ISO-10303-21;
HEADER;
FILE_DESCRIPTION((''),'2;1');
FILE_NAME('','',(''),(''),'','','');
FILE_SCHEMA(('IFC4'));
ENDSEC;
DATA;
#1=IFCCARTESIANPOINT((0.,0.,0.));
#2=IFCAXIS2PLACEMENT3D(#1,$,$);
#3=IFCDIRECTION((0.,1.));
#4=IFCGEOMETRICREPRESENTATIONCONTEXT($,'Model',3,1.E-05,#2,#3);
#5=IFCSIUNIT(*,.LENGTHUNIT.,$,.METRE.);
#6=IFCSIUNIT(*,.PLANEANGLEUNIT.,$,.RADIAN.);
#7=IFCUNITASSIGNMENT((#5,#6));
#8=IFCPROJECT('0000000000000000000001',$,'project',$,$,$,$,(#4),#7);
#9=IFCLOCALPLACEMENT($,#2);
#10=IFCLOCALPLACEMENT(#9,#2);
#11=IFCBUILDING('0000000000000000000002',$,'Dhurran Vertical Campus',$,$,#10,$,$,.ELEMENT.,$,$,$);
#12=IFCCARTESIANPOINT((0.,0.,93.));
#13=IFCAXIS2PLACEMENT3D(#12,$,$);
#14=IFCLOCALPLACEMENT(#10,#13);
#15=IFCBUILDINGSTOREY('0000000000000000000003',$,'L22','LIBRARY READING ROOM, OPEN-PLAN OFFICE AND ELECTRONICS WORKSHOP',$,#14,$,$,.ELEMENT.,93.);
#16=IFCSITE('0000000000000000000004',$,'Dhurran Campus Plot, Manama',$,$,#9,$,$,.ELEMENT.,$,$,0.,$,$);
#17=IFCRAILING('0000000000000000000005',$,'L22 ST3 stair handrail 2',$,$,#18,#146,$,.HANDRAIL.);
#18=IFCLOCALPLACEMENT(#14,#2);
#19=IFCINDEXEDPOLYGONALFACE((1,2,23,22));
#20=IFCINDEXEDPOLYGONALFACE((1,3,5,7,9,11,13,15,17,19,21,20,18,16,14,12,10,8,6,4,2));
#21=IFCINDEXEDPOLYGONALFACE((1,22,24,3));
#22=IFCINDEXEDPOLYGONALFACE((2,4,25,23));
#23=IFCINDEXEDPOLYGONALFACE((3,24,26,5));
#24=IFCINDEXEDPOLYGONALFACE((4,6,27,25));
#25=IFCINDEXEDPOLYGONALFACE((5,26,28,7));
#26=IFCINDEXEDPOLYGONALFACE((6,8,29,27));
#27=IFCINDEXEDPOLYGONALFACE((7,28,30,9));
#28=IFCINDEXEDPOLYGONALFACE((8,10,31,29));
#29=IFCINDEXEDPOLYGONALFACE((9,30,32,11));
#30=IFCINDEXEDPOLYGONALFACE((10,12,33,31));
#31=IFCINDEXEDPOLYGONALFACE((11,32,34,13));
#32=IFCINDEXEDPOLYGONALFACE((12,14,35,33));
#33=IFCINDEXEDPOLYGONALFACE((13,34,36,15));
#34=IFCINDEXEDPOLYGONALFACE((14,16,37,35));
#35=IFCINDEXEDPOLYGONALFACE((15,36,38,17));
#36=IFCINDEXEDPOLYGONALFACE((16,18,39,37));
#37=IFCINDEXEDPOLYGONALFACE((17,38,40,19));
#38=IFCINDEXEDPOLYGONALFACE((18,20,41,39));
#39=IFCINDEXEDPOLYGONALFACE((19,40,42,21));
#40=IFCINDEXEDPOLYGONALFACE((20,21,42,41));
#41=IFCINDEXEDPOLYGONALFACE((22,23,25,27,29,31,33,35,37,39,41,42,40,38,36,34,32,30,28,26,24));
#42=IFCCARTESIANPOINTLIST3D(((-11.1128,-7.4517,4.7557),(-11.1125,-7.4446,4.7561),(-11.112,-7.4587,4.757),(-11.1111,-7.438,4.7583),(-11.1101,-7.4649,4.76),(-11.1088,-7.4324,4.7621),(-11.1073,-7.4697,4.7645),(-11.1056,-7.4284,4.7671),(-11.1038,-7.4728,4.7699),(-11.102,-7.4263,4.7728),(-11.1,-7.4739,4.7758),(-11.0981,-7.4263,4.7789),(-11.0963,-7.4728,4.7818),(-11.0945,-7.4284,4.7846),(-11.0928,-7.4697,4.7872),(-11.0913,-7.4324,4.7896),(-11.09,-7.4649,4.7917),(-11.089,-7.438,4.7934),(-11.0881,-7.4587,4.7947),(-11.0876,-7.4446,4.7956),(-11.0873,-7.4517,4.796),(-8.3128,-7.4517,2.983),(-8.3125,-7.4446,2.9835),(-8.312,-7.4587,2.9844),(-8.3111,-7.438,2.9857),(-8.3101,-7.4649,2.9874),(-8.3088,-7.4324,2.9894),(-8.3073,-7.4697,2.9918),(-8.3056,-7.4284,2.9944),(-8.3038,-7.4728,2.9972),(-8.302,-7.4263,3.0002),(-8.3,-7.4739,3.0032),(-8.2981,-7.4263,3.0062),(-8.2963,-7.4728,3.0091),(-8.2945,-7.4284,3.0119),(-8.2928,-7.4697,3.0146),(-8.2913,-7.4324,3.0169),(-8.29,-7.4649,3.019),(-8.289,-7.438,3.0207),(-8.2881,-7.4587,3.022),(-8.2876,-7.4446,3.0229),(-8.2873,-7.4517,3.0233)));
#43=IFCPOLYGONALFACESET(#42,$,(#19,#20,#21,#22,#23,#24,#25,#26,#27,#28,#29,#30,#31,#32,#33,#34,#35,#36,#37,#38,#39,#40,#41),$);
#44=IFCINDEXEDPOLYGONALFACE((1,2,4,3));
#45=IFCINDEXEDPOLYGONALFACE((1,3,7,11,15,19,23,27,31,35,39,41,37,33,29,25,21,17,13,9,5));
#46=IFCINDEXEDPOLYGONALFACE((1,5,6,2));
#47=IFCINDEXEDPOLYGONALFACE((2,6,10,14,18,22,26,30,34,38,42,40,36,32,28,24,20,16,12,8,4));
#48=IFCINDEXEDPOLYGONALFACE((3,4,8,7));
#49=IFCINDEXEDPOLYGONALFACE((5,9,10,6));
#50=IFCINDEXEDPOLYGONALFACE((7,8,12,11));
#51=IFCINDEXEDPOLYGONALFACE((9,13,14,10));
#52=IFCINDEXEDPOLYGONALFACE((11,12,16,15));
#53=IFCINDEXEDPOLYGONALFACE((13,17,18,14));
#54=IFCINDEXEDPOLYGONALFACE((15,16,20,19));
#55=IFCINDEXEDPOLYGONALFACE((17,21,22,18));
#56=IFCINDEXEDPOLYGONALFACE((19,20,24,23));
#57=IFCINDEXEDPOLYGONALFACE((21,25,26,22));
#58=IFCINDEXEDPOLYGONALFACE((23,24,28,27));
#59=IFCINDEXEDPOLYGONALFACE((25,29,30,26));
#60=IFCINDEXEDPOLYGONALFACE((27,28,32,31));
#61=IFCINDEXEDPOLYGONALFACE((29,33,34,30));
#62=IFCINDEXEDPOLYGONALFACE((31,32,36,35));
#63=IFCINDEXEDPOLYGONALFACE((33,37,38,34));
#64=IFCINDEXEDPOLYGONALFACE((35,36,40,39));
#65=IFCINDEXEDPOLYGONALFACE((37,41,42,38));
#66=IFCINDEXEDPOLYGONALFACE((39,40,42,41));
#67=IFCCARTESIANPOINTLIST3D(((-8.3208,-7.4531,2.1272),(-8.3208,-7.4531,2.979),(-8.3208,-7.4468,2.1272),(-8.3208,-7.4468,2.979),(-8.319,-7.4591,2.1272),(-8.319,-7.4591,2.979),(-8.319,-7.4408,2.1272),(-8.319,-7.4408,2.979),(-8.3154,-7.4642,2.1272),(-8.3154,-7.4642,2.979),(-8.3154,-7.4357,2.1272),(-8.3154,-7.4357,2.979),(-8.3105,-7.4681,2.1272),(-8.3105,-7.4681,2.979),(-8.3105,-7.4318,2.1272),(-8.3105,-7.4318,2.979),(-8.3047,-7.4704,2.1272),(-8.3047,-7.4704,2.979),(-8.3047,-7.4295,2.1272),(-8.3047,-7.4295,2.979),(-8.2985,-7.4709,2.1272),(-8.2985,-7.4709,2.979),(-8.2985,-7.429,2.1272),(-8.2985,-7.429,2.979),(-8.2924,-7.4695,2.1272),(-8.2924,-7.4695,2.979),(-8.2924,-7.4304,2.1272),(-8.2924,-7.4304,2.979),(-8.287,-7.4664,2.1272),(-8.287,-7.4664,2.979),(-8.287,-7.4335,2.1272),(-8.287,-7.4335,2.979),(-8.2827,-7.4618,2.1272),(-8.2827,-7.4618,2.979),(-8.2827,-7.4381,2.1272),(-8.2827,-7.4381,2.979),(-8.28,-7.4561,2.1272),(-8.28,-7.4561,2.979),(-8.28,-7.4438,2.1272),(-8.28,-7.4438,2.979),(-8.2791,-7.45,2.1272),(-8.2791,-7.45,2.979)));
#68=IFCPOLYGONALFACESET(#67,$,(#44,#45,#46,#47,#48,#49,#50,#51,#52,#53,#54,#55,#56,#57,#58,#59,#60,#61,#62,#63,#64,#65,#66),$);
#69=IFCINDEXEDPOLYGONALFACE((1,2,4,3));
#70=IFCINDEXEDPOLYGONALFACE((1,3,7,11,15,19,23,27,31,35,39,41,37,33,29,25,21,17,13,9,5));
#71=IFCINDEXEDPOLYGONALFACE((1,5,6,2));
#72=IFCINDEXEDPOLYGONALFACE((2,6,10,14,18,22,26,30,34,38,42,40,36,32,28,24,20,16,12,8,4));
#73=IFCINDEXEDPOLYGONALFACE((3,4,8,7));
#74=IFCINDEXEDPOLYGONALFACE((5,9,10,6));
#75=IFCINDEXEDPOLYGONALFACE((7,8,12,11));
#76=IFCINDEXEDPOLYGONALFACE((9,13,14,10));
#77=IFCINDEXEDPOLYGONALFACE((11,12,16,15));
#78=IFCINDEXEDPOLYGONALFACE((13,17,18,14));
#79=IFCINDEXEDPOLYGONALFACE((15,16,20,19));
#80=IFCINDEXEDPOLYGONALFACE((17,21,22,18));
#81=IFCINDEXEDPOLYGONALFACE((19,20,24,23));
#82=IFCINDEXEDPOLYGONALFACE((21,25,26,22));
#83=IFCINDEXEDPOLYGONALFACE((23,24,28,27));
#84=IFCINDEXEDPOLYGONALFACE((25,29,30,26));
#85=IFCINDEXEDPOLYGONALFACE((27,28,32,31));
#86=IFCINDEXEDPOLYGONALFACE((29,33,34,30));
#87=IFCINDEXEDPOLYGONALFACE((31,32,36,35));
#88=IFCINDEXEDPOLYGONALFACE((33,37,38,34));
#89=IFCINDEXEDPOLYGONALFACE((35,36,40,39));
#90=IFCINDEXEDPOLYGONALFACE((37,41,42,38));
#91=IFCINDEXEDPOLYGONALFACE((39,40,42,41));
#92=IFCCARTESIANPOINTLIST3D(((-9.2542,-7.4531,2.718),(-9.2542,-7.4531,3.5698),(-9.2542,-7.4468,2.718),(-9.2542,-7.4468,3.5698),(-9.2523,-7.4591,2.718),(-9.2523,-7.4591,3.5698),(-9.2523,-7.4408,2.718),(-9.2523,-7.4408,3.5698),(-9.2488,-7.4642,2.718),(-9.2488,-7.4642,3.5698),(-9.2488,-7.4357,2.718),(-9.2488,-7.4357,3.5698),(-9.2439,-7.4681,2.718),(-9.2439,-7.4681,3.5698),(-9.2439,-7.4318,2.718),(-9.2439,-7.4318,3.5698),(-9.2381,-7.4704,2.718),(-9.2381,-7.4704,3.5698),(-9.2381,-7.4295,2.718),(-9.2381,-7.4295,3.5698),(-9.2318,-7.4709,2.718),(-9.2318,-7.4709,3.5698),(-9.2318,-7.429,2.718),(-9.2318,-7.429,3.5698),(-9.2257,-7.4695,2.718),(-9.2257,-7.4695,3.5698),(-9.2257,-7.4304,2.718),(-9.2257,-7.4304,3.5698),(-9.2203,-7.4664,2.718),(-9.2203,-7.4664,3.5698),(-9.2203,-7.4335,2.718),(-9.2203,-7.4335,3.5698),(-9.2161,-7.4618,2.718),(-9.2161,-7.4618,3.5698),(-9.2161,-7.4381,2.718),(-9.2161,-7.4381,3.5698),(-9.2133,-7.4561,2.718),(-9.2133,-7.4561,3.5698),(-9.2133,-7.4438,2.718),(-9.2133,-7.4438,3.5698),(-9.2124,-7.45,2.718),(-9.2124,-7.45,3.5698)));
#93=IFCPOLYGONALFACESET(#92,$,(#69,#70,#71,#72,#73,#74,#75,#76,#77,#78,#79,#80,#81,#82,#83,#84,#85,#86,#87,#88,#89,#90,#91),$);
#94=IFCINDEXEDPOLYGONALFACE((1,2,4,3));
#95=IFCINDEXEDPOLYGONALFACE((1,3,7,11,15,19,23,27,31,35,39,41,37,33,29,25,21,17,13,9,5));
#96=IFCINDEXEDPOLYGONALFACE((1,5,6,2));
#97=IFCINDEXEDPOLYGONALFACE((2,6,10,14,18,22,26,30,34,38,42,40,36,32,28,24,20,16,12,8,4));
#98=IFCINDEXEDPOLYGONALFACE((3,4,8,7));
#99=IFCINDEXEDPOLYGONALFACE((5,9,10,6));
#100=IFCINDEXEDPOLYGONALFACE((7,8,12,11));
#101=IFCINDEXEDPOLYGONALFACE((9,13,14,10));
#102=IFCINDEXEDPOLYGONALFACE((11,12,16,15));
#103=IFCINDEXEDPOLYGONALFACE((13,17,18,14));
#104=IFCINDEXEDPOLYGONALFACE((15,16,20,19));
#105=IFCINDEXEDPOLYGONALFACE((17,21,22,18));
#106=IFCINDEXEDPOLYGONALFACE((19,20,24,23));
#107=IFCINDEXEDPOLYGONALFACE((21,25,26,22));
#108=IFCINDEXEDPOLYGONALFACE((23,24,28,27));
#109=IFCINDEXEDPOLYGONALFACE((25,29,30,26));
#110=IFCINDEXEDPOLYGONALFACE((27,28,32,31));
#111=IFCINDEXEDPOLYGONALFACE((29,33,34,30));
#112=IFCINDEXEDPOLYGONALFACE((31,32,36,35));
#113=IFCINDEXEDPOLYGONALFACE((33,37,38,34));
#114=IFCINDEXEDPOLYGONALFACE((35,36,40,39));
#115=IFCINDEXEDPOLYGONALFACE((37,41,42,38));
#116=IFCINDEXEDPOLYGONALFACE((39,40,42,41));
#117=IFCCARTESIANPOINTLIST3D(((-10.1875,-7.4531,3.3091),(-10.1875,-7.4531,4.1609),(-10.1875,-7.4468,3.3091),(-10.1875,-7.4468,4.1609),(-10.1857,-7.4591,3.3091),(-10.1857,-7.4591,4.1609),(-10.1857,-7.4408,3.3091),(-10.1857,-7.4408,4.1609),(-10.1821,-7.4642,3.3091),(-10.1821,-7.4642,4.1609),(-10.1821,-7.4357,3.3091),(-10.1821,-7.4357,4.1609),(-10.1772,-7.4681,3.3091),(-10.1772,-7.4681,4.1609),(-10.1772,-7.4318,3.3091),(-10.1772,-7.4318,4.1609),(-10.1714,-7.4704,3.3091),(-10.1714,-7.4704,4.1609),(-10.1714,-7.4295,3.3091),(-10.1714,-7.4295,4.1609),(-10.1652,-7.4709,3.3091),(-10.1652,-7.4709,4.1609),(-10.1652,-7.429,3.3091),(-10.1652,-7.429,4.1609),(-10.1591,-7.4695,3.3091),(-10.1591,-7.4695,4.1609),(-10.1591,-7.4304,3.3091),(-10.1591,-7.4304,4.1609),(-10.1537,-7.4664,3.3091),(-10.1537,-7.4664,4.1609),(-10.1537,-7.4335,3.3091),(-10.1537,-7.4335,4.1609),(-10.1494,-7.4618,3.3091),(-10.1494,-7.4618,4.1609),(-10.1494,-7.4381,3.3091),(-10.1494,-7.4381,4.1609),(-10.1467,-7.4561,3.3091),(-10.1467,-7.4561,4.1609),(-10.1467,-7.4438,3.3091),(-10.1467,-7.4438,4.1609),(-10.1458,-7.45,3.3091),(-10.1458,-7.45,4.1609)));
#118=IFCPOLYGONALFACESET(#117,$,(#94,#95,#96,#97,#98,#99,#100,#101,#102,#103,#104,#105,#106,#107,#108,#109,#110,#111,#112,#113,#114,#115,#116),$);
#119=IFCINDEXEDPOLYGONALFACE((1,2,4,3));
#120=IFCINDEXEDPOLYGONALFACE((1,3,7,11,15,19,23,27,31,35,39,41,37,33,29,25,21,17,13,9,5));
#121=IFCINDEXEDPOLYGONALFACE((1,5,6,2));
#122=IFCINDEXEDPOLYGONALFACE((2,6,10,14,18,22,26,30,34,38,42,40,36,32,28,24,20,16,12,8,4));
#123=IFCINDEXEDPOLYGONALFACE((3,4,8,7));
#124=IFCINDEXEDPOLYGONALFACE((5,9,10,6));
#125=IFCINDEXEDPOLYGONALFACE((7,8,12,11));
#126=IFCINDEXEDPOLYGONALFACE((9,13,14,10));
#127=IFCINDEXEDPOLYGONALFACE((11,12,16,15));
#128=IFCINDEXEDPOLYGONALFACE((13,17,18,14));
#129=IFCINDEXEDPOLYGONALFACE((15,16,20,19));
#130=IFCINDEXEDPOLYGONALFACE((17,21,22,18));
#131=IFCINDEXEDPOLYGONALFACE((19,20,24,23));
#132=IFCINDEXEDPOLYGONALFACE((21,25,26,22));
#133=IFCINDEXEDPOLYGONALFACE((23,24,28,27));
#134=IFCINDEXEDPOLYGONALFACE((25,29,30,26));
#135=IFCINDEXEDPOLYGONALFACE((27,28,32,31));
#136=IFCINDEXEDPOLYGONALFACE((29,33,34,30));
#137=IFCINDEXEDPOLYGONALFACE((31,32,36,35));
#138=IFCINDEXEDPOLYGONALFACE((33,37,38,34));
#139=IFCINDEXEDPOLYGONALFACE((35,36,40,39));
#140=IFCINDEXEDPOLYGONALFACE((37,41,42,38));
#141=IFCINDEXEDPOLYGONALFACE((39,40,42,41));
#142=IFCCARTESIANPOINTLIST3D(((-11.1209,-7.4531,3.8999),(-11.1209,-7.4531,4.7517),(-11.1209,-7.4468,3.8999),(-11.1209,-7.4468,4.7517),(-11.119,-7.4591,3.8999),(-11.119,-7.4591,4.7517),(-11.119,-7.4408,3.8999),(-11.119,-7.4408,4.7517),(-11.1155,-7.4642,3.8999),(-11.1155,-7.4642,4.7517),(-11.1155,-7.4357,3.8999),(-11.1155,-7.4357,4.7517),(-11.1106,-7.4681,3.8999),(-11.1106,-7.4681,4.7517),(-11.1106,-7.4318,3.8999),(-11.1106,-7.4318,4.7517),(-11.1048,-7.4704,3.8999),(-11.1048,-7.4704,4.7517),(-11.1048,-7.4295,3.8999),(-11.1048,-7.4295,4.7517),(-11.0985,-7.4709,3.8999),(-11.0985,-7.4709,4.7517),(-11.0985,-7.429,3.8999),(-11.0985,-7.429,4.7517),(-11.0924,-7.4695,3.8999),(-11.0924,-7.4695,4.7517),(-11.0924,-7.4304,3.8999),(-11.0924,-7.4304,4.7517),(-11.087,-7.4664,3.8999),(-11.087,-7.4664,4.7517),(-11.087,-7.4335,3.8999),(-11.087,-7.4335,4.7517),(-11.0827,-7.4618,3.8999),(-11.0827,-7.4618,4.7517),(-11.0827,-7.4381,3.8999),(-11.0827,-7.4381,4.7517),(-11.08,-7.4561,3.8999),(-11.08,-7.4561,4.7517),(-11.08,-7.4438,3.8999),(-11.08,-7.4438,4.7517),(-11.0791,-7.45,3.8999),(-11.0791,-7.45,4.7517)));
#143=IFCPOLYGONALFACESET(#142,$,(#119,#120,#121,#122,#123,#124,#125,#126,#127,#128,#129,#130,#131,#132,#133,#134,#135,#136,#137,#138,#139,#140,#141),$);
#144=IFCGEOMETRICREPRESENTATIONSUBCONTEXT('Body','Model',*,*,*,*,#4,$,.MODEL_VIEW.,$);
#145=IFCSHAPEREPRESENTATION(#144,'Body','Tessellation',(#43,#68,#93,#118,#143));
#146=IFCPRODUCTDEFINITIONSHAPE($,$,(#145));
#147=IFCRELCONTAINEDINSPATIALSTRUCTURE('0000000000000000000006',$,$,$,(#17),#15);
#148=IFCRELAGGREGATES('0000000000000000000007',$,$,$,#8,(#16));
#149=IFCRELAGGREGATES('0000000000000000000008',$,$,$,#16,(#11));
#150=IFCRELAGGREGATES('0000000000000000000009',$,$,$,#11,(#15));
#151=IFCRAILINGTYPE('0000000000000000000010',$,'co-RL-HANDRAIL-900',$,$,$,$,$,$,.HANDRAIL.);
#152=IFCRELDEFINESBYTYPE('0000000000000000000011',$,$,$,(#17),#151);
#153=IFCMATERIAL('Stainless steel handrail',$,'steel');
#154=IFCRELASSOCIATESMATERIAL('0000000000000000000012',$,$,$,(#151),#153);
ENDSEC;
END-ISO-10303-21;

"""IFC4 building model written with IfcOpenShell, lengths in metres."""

from ifc_helpers import new_model, si_unit, direction, frame, origin, origin_2d, place, context, subcontext, project, spatial, circle, extrude, material, type_object, element, save


model = new_model("IFC4")

# Units and contexts
model_context = context("Model", 3, precision=1e-05, world=origin(), true_north=direction((0.0, 1.0)))
body_context = subcontext(model_context, "Body", "Model", "MODEL_VIEW")
ifc_project = project(units=[si_unit("LENGTHUNIT", "METRE"), si_unit("PLANEANGLEUNIT", "RADIAN")], contexts=[model_context])

# Site, building, storey
site_placement = place(None, origin())
site = spatial("IfcSite", under=ifc_project, at=site_placement, Name="Dhurran Campus Plot, Manama", CompositionType="ELEMENT", RefElevation=0.0)
building_placement = place(site_placement, origin())
building = spatial("IfcBuilding", under=site, at=building_placement, Name="Dhurran Vertical Campus", CompositionType="ELEMENT")
storey_placement = place(building_placement, frame((0.0, 0.0, 93.0)))
storey = spatial("IfcBuildingStorey", under=building, at=storey_placement, Name="L22", Description="LIBRARY READING ROOM, OPEN-PLAN OFFICE AND ELECTRONICS WORKSHOP", CompositionType="ELEMENT", Elevation=93.0)

# Railing
ifc_material_1 = material(Name="Stainless steel handrail", Category="steel")
railing_type_1 = type_object("IfcRailingType", Name="co-RL-HANDRAIL-900", PredefinedType="HANDRAIL", material=ifc_material_1)
railing_1_placement = place(storey_placement, frame((-8.3, -7.45, 2.1272)))
element("IfcRailing", 1, at=railing_1_placement, inside=storey, type_object=railing_type_1, Name="L22 ST3 stair handrail 2", PredefinedType="HANDRAIL", context=body_context, shape_type="SweptSolid", body=[
    extrude(circle(Radius=0.0239, at=origin_2d()), frame((0.0, 0.0, 0.876), z_axis=(-0.844909, 0.0, 0.53491), x_axis=(0.0, -1.0, 0.0)), (0.0, 0.0, 1.0), 3.314),
    extrude(circle(Radius=0.021, at=origin_2d()), origin(), (0.0, 0.0, 1.0), 0.8518),
    extrude(circle(Radius=0.021, at=origin_2d()), frame((-0.9333, 0.0, 0.5908)), (0.0, 0.0, 1.0), 0.8518),
    extrude(circle(Radius=0.021, at=origin_2d()), frame((-1.8667, 0.0, 1.1819)), (0.0, 0.0, 1.0), 0.8518),
    extrude(circle(Radius=0.021, at=origin_2d()), frame((-2.8, 0.0, 1.7727)), (0.0, 0.0, 1.0), 0.8518),
])

save(model, "model.ifc")
